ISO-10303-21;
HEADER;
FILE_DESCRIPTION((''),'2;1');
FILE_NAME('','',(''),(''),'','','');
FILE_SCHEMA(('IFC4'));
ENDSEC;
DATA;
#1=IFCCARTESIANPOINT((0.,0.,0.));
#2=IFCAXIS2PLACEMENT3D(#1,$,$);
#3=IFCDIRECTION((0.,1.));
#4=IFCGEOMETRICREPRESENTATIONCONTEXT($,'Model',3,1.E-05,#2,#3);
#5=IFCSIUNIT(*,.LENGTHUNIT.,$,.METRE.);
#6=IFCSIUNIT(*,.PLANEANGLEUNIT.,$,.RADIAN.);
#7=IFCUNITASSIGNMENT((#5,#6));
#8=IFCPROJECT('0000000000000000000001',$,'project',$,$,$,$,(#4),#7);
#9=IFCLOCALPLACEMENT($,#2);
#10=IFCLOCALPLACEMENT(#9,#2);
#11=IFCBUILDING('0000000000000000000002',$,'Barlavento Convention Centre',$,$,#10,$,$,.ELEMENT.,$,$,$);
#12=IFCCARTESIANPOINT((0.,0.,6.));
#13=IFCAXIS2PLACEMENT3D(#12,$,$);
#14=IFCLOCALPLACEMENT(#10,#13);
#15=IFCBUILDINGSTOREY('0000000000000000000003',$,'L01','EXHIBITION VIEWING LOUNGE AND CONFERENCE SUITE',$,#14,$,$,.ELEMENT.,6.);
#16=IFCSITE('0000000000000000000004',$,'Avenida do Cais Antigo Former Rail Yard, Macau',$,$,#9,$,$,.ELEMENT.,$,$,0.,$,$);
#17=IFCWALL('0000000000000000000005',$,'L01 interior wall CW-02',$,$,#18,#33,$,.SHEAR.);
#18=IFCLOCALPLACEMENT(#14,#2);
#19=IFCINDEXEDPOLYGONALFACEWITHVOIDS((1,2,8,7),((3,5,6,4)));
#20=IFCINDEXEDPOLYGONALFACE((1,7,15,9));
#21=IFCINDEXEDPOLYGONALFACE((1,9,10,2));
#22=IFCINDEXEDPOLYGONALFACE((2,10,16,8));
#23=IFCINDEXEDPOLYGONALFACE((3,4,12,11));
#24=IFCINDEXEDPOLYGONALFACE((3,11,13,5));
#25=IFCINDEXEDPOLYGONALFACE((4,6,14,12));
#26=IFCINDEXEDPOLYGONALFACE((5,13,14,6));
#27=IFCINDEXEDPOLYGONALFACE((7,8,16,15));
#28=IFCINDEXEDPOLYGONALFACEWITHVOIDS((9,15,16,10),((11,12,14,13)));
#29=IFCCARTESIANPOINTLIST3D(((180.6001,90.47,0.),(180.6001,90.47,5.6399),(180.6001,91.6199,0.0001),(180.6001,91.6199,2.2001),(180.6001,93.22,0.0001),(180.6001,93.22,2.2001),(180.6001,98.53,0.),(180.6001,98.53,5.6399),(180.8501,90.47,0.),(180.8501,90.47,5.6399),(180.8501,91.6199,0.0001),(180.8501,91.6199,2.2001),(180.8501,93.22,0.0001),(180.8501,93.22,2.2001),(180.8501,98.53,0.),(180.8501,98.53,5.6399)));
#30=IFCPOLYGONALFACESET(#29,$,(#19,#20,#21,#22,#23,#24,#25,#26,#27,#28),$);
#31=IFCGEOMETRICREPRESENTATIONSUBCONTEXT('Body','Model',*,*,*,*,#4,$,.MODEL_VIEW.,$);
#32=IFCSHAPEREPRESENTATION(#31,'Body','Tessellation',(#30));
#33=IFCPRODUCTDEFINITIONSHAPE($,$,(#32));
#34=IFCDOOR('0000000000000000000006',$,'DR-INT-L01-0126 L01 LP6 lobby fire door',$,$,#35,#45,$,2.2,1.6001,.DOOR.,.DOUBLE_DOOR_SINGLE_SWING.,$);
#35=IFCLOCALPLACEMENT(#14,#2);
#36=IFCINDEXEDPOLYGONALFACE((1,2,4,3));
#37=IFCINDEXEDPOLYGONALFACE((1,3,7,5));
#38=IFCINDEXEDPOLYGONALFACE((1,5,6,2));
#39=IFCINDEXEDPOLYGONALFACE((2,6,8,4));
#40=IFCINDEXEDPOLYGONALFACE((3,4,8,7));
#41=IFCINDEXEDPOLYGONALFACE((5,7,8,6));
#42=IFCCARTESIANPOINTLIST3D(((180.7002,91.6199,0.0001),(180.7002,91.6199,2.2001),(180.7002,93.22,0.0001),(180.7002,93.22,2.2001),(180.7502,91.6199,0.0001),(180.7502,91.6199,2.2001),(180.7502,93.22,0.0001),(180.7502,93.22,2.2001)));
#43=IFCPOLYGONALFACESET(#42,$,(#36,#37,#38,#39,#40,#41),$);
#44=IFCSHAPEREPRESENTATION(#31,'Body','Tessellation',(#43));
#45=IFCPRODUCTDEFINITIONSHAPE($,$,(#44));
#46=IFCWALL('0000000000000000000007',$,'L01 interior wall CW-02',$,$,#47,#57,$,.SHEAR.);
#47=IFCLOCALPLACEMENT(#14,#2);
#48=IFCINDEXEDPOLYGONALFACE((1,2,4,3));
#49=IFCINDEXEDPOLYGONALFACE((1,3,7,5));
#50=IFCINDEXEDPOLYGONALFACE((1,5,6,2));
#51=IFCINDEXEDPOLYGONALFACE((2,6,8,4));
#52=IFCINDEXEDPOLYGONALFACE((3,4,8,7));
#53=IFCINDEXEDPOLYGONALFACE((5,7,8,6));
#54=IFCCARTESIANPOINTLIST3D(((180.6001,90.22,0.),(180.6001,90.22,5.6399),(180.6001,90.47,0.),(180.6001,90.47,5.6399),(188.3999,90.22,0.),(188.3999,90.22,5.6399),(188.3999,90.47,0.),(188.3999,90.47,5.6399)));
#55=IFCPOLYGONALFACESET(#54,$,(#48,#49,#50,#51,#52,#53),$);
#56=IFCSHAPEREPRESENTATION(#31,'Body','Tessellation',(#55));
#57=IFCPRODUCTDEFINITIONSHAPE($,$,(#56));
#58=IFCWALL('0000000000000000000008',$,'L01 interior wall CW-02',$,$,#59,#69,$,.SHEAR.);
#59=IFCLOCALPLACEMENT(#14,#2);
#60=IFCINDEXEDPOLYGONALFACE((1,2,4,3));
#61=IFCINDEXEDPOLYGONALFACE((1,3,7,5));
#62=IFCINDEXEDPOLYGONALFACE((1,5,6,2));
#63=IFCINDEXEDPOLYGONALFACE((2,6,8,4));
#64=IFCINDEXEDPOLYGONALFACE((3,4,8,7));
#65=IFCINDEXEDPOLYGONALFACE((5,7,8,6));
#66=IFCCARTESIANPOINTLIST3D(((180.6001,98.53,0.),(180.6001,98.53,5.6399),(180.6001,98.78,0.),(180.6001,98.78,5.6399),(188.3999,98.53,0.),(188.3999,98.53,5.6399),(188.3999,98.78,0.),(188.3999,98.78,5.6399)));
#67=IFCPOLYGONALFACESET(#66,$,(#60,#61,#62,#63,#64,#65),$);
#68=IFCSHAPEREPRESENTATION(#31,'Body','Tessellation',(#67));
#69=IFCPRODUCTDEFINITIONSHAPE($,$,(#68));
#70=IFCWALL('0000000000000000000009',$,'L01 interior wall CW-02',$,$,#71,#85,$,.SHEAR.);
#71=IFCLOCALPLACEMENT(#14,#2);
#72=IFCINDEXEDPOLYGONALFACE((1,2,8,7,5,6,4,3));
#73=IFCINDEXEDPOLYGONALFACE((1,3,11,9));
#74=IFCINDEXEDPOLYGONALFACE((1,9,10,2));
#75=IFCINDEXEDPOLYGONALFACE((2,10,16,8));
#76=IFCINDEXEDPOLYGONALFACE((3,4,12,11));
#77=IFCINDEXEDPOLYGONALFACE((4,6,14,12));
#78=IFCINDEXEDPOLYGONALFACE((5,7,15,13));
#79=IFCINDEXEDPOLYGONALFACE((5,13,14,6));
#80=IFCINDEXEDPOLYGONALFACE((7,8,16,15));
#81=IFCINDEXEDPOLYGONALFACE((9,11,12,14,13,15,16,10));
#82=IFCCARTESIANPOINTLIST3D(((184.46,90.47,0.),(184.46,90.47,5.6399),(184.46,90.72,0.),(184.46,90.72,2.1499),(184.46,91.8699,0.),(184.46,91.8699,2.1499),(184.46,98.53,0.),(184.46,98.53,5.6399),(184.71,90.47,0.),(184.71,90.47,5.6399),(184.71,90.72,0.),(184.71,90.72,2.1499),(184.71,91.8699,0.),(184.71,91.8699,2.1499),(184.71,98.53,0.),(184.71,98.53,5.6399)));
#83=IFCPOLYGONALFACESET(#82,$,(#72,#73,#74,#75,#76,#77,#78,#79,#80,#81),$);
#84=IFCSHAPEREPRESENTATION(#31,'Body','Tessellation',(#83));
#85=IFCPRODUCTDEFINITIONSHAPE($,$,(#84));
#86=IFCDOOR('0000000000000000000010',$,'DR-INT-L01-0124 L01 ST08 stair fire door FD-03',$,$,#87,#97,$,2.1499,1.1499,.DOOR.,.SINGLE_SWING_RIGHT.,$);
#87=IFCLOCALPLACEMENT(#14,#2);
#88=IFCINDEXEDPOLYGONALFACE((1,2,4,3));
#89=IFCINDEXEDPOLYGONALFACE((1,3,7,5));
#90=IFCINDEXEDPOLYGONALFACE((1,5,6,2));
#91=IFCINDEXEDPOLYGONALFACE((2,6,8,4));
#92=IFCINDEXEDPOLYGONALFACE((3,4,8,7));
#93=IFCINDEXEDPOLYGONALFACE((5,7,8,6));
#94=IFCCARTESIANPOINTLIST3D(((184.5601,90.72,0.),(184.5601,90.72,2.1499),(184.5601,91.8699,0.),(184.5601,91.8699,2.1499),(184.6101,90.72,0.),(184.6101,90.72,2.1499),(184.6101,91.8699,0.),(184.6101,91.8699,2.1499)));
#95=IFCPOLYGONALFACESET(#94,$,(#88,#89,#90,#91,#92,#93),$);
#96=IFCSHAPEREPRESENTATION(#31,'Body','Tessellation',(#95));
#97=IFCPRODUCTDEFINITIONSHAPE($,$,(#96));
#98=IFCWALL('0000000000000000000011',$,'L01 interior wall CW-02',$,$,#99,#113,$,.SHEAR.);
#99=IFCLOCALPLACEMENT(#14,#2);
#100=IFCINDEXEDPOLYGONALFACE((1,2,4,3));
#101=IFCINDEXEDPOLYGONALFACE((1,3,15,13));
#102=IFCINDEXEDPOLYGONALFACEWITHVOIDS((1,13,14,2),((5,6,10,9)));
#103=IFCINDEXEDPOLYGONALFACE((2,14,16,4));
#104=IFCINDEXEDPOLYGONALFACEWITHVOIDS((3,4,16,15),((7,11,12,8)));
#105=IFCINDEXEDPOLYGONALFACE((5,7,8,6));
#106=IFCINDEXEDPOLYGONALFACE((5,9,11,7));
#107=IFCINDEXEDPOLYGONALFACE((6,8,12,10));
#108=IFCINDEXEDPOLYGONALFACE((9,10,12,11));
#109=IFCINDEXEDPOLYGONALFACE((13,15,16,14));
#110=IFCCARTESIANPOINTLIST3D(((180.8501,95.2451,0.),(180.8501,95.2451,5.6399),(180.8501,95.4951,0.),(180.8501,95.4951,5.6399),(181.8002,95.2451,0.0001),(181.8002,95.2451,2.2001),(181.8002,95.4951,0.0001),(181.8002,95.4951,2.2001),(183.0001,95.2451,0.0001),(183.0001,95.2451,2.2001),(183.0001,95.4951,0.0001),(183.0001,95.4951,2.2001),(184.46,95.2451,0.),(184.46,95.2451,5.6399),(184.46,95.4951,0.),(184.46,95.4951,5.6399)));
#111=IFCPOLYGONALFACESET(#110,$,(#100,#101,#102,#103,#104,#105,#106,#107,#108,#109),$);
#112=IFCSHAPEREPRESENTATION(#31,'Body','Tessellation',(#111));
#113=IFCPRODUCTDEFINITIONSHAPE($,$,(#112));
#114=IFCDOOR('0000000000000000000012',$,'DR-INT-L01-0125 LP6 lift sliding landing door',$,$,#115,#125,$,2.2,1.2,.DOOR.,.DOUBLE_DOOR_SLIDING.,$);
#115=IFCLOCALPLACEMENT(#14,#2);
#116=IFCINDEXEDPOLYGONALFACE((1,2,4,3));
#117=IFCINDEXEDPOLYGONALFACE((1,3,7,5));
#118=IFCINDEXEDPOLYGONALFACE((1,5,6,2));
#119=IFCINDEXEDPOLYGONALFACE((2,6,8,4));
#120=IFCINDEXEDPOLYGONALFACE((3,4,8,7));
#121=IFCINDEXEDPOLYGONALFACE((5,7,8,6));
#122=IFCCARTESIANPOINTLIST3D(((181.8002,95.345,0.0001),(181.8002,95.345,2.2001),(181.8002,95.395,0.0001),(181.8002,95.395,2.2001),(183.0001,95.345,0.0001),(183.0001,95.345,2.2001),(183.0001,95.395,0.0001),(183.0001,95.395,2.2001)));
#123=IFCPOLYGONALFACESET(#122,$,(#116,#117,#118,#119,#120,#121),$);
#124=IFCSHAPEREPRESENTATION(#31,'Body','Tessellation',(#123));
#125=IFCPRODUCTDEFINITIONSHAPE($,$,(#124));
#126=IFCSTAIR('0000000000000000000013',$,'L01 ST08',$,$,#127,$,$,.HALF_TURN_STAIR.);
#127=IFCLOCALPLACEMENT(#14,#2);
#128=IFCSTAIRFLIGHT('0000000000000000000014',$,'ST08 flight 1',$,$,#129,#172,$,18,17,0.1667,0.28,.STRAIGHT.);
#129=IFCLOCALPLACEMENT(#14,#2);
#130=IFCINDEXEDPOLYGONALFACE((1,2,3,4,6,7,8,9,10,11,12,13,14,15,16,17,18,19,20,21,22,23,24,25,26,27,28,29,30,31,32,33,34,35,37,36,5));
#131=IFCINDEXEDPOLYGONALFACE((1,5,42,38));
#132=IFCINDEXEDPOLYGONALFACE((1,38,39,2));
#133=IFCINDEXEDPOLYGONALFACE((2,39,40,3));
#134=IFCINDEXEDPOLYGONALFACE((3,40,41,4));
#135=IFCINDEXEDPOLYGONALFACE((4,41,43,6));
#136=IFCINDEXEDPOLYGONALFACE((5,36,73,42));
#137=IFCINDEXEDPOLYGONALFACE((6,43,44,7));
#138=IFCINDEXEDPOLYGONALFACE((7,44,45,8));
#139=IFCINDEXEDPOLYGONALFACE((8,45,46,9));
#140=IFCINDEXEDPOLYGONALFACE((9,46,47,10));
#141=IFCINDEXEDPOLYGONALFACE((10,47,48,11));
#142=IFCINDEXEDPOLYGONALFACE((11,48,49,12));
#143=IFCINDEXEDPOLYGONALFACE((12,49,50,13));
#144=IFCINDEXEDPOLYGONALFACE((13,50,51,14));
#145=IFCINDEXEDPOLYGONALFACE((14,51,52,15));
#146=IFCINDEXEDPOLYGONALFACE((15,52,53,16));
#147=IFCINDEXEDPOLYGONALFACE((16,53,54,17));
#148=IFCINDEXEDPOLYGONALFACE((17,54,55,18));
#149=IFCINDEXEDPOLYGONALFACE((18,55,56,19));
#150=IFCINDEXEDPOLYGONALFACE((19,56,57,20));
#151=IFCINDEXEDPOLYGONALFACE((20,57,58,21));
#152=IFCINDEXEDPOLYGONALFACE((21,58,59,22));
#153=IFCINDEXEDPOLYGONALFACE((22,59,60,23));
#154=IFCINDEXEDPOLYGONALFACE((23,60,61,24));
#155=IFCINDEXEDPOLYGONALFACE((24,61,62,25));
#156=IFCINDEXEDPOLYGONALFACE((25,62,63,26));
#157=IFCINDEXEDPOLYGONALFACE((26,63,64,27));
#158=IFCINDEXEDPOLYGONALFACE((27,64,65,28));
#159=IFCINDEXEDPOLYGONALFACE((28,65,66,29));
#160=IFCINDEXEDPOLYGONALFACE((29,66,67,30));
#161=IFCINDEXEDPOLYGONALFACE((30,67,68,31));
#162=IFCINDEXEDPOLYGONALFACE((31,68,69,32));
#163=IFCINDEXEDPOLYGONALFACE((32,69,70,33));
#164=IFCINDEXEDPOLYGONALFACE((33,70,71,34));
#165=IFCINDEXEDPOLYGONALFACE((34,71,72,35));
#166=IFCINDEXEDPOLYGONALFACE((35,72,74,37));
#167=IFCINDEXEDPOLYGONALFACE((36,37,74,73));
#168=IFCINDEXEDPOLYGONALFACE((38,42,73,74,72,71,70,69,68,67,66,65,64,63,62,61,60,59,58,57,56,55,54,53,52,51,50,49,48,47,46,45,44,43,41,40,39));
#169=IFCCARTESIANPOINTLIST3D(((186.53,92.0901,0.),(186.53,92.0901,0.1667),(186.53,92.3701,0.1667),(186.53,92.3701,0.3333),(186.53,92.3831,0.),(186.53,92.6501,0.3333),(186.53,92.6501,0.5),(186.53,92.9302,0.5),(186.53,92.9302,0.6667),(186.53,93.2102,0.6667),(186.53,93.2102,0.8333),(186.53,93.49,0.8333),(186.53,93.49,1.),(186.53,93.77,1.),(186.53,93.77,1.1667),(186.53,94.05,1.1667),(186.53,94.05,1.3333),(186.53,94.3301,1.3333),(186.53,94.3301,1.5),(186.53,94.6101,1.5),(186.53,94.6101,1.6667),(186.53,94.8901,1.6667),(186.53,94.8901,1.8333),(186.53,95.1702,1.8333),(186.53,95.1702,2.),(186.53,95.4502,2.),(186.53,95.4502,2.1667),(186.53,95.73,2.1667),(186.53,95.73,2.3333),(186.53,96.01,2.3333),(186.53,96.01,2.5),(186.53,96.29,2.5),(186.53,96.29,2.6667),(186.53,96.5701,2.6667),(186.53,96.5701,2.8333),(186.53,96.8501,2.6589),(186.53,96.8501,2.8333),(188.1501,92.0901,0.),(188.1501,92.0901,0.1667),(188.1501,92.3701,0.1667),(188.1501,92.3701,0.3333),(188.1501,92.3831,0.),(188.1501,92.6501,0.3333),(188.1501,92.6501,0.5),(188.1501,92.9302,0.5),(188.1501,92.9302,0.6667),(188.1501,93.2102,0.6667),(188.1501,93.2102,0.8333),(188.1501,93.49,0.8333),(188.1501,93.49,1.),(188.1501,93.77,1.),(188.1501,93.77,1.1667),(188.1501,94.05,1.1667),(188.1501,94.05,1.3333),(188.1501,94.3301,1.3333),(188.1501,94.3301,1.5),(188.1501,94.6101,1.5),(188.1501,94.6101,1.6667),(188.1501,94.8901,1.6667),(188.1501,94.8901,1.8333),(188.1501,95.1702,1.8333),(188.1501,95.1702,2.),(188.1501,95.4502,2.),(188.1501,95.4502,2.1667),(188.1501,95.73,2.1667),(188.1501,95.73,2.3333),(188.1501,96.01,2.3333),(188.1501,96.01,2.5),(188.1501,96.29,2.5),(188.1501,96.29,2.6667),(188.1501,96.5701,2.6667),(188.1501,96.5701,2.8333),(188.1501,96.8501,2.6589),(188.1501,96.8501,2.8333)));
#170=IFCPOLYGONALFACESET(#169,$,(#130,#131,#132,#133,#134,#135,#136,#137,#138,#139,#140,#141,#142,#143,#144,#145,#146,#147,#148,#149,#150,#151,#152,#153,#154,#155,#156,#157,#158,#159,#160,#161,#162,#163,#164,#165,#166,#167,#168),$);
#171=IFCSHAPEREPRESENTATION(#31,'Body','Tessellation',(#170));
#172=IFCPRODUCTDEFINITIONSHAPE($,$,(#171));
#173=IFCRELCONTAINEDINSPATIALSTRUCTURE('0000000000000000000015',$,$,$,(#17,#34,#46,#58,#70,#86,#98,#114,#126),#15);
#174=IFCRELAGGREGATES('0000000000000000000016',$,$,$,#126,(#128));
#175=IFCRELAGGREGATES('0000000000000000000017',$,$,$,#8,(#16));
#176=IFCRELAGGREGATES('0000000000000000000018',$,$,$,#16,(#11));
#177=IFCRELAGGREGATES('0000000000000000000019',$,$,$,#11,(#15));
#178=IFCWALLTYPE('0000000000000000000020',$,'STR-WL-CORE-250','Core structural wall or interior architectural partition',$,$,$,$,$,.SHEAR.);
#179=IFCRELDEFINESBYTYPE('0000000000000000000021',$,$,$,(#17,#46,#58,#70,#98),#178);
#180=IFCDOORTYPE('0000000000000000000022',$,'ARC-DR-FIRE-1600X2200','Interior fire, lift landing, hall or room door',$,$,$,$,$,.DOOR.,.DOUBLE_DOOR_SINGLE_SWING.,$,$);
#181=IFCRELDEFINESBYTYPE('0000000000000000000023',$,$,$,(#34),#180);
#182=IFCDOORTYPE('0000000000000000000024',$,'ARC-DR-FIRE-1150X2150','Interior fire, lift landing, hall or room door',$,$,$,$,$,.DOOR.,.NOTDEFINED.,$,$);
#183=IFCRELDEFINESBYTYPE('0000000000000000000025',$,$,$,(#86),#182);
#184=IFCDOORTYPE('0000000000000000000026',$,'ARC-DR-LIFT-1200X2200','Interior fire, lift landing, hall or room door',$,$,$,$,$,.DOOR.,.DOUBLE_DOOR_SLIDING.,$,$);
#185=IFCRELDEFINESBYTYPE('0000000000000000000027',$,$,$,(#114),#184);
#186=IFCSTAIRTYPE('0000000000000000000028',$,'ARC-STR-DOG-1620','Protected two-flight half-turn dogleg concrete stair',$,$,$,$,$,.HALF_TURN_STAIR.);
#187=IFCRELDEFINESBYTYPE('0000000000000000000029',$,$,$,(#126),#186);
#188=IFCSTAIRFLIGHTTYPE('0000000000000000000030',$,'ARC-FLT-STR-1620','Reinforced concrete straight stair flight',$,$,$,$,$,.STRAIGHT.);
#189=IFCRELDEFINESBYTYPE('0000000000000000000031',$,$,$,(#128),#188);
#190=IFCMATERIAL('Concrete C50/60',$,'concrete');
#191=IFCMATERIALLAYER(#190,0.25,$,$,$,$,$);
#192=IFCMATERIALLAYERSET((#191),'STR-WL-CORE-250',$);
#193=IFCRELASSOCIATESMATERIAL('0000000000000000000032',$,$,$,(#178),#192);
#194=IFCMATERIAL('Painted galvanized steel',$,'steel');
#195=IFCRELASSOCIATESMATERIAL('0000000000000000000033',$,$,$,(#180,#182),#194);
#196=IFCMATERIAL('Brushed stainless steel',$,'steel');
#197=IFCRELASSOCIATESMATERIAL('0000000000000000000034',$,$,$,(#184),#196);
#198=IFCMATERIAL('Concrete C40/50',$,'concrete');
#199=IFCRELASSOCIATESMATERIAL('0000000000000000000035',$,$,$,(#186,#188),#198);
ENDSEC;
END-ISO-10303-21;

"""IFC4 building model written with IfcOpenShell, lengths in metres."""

from ifc_helpers import new_model, si_unit, direction, frame, frame_2d, origin, place, context, subcontext, project, spatial, polyline, rectangle, outline, extrude, material, layer, layer_set, type_object, element, fill, aggregate, save


model = new_model("IFC4")

# Units and contexts
model_context = context("Model", 3, precision=1e-05, world=origin(), true_north=direction((0.0, 1.0)))
body_context = subcontext(model_context, "Body", "Model", "MODEL_VIEW")
ifc_project = project(units=[si_unit("LENGTHUNIT", "METRE"), si_unit("PLANEANGLEUNIT", "RADIAN")], contexts=[model_context])

# Site, building, storey
site_placement = place(None, origin())
site = spatial("IfcSite", under=ifc_project, at=site_placement, Name="Avenida do Cais Antigo Former Rail Yard, Macau", CompositionType="ELEMENT", RefElevation=0.0)
building_placement = place(site_placement, origin())
building = spatial("IfcBuilding", under=site, at=building_placement, Name="Barlavento Convention Centre", CompositionType="ELEMENT")
storey_placement = place(building_placement, frame((0.0, 0.0, 6.0)))
storey = spatial("IfcBuildingStorey", under=building, at=storey_placement, Name="L01", Description="EXHIBITION VIEWING LOUNGE AND CONFERENCE SUITE", CompositionType="ELEMENT", Elevation=6.0)

# Wall, opening, door
ifc_material_1 = material(Name="Concrete C50/60", Category="concrete")
ifc_layer = layer(ifc_material_1, 0.25)
ifc_layer_set = layer_set([ifc_layer], Name="STR-WL-CORE-250")
wall_type = type_object("IfcWallType", Name="STR-WL-CORE-250", Description="Core structural wall or interior architectural partition", PredefinedType="SHEAR", material=ifc_layer_set)
wall_1_placement = place(storey_placement, frame((180.7251, 90.47, 0.0), z_axis=(0.0, 0.0, 1.0), x_axis=(0.0, 1.0, 0.0)))
wall_1 = element("IfcWall", 1, at=wall_1_placement, inside=storey, type_object=wall_type, Name="L01 interior wall CW-02", PredefinedType="SHEAR", context=body_context, shape_type="SweptSolid", body=[
    extrude(rectangle(XDim=8.0601, YDim=0.25, at=frame_2d((4.03, 0.0))), origin(), (0.0, 0.0, 1.0), 5.6399),
])
opening_1_placement = place(wall_1_placement, frame((1.1499, 0.0, 0.0)))
opening_1 = element("IfcOpeningElement", 2, at=opening_1_placement, cuts=wall_1, PredefinedType="OPENING", context=body_context, shape_type="SweptSolid", body=[
    extrude(rectangle(XDim=1.6001, YDim=2.2, at=frame_2d((0.8, 1.1001))), frame((0.0, 0.135, 0.0), z_axis=(0.0, -1.0, 0.0), x_axis=(1.0, 0.0, 0.0)), (0.0, 0.0, 1.0), 0.27),
])
ifc_material_2 = material(Name="Painted galvanized steel", Category="steel")
door_type_1 = type_object("IfcDoorType", Name="ARC-DR-FIRE-1600X2200", Description="Interior fire, lift landing, hall or room door", OperationType="DOUBLE_DOOR_SINGLE_SWING", PredefinedType="DOOR", material=ifc_material_2)
door_1_placement = place(opening_1_placement, origin())
door_1 = element("IfcDoor", 3, at=door_1_placement, inside=storey, type_object=door_type_1, Name="DR-INT-L01-0126 L01 LP6 lobby fire door", OperationType="DOUBLE_DOOR_SINGLE_SWING", OverallHeight=2.2, OverallWidth=1.6001, PredefinedType="DOOR", context=body_context, shape_type="SweptSolid", body=[
    extrude(rectangle(XDim=1.6001, YDim=2.2, at=frame_2d((0.8, 1.1001))), frame((0.0, 0.0249, 0.0), z_axis=(0.0, -1.0, 0.0), x_axis=(1.0, 0.0, 0.0)), (0.0, 0.0, 1.0), 0.05),
])
fill(opening_1, door_1)

# Walls
for number, where, z_axis, x_axis, name in (
    (4, (180.6001, 90.345, 0.0), (0.0, 0.0, 1.0), (1.0, 0.0, 0.0), "L01 interior wall CW-02"),
    (5, (180.6001, 98.655, 0.0), (0.0, 0.0, 1.0), (1.0, 0.0, 0.0), "L01 interior wall CW-02"),
):
    element("IfcWall", number, at=place(storey_placement, frame(where, z_axis=z_axis, x_axis=x_axis)), inside=storey, type_object=wall_type, Name=name, PredefinedType="SHEAR", context=body_context, shape_type="SweptSolid", body=[
        extrude(rectangle(XDim=7.7998, YDim=0.25, at=frame_2d((3.8999, 0.0))), origin(), (0.0, 0.0, 1.0), 5.6399),
    ])

# Walls, openings, doors
wall_2_placement = place(storey_placement, frame((184.585, 90.47, 0.0), z_axis=(0.0, 0.0, 1.0), x_axis=(0.0, 1.0, 0.0)))
wall_2 = element("IfcWall", 6, at=wall_2_placement, inside=storey, type_object=wall_type, Name="L01 interior wall CW-02", PredefinedType="SHEAR", context=body_context, shape_type="SweptSolid", body=[
    extrude(rectangle(XDim=8.0601, YDim=0.25, at=frame_2d((4.03, 0.0))), origin(), (0.0, 0.0, 1.0), 5.6399),
])
opening_2_placement = place(wall_2_placement, frame((0.25, 0.0, 0.0)))
opening_2 = element("IfcOpeningElement", 7, at=opening_2_placement, cuts=wall_2, PredefinedType="OPENING", context=body_context, shape_type="SweptSolid", body=[
    extrude(rectangle(XDim=1.1499, YDim=2.1499, at=frame_2d((0.575, 1.075))), frame((0.0, 0.135, 0.0), z_axis=(0.0, -1.0, 0.0), x_axis=(1.0, 0.0, 0.0)), (0.0, 0.0, 1.0), 0.27),
])
door_type_2 = type_object("IfcDoorType", Name="ARC-DR-FIRE-1150X2150", Description="Interior fire, lift landing, hall or room door", OperationType="NOTDEFINED", PredefinedType="DOOR", material=ifc_material_2)
door_2_placement = place(opening_2_placement, origin())
door_2 = element("IfcDoor", 8, at=door_2_placement, inside=storey, type_object=door_type_2, Name="DR-INT-L01-0124 L01 ST08 stair fire door FD-03", OperationType="SINGLE_SWING_RIGHT", OverallHeight=2.1499, OverallWidth=1.1499, PredefinedType="DOOR", context=body_context, shape_type="SweptSolid", body=[
    extrude(rectangle(XDim=1.1499, YDim=2.1499, at=frame_2d((0.575, 1.075))), frame((0.0, 0.0249, 0.0), z_axis=(0.0, -1.0, 0.0), x_axis=(1.0, 0.0, 0.0)), (0.0, 0.0, 1.0), 0.05),
])
fill(opening_2, door_2)
wall_3_placement = place(storey_placement, frame((180.8501, 95.3701, 0.0), z_axis=(0.0, 0.0, 1.0), x_axis=(1.0, 0.0, 0.0)))
wall_3 = element("IfcWall", 9, at=wall_3_placement, inside=storey, type_object=wall_type, Name="L01 interior wall CW-02", PredefinedType="SHEAR", context=body_context, shape_type="SweptSolid", body=[
    extrude(rectangle(XDim=3.6099, YDim=0.25, at=frame_2d((1.8049, 0.0))), origin(), (0.0, 0.0, 1.0), 5.6399),
])
opening_3_placement = place(wall_3_placement, frame((0.95, 0.0, 0.0)))
opening_3 = element("IfcOpeningElement", 10, at=opening_3_placement, cuts=wall_3, PredefinedType="OPENING", context=body_context, shape_type="SweptSolid", body=[
    extrude(rectangle(XDim=1.2, YDim=2.2, at=frame_2d((0.6001, 1.1001))), frame((0.0, 0.135, 0.0), z_axis=(0.0, -1.0, 0.0), x_axis=(1.0, 0.0, 0.0)), (0.0, 0.0, 1.0), 0.27),
])
ifc_material_3 = material(Name="Brushed stainless steel", Category="steel")
door_type_3 = type_object("IfcDoorType", Name="ARC-DR-LIFT-1200X2200", Description="Interior fire, lift landing, hall or room door", OperationType="DOUBLE_DOOR_SLIDING", PredefinedType="DOOR", material=ifc_material_3)
door_3_placement = place(opening_3_placement, origin())
door_3 = element("IfcDoor", 11, at=door_3_placement, inside=storey, type_object=door_type_3, Name="DR-INT-L01-0125 LP6 lift sliding landing door", OperationType="DOUBLE_DOOR_SLIDING", OverallHeight=2.2, OverallWidth=1.2, PredefinedType="DOOR", context=body_context, shape_type="SweptSolid", body=[
    extrude(rectangle(XDim=1.2, YDim=2.2, at=frame_2d((0.6001, 1.1001))), frame((0.0, 0.0249, 0.0), z_axis=(0.0, -1.0, 0.0), x_axis=(1.0, 0.0, 0.0)), (0.0, 0.0, 1.0), 0.05),
])
fill(opening_3, door_3)

# Stair, stair flight
ifc_material_4 = material(Name="Concrete C40/50", Category="concrete")
stair_type = type_object("IfcStairType", Name="ARC-STR-DOG-1620", Description="Protected two-flight half-turn dogleg concrete stair", PredefinedType="HALF_TURN_STAIR", material=ifc_material_4)
stair_placement = place(storey_placement, origin())
stair = element("IfcStair", 12, at=stair_placement, inside=storey, type_object=stair_type, Name="L01 ST08", PredefinedType="HALF_TURN_STAIR")
stair_flight_type = type_object("IfcStairFlightType", Name="ARC-FLT-STR-1620", Description="Reinforced concrete straight stair flight", PredefinedType="STRAIGHT", material=ifc_material_4)
stair_flight_1_placement = place(storey_placement, frame((187.3401, 92.0901, 0.0), z_axis=(0.0, 0.0, 1.0), x_axis=(0.0, 1.0, 0.0)))
stair_flight_1 = element("IfcStairFlight", 13, at=stair_flight_1_placement, type_object=stair_flight_type, Name="ST08 flight 1", NumberOfRisers=18, NumberOfTreads=17, PredefinedType="STRAIGHT", RiserHeight=0.1667, TreadLength=0.28, context=body_context, shape_type="SweptSolid", body=[
    extrude(outline(polyline([(0.0, 0.0), (0.0, 0.1667), (0.28, 0.1667), (0.28, 0.3333), (0.5601, 0.3333), (0.5601, 0.5), (0.8401, 0.5), (0.8401, 0.6667), (1.1201, 0.6667), (1.1201, 0.8333), (1.3999, 0.8333), (1.3999, 1.0), (1.6799, 1.0), (1.6799, 1.1667), (1.96, 1.1667), (1.96, 1.3333), (2.24, 1.3333), (2.24, 1.5), (2.52, 1.5), (2.52, 1.6667), (2.8, 1.6667), (2.8, 1.8333), (3.0801, 1.8333), (3.0801, 2.0), (3.3601, 2.0), (3.3601, 2.1667), (3.6399, 2.1667), (3.6399, 2.3333), (3.9199, 2.3333), (3.9199, 2.5), (4.2, 2.5), (4.2, 2.6667), (4.48, 2.6667), (4.48, 2.8333), (4.76, 2.8333), (4.76, 3.0), (4.76, 2.6589), (0.293, 0.0), (0.0, 0.0)])), frame((0.0, 0.8101, 0.0), z_axis=(0.0, -1.0, 0.0), x_axis=(1.0, 0.0, 0.0)), (0.0, 0.0, 1.0), 1.6201),
])
aggregate(stair, [stair_flight_1])

save(model, "model.ifc")
